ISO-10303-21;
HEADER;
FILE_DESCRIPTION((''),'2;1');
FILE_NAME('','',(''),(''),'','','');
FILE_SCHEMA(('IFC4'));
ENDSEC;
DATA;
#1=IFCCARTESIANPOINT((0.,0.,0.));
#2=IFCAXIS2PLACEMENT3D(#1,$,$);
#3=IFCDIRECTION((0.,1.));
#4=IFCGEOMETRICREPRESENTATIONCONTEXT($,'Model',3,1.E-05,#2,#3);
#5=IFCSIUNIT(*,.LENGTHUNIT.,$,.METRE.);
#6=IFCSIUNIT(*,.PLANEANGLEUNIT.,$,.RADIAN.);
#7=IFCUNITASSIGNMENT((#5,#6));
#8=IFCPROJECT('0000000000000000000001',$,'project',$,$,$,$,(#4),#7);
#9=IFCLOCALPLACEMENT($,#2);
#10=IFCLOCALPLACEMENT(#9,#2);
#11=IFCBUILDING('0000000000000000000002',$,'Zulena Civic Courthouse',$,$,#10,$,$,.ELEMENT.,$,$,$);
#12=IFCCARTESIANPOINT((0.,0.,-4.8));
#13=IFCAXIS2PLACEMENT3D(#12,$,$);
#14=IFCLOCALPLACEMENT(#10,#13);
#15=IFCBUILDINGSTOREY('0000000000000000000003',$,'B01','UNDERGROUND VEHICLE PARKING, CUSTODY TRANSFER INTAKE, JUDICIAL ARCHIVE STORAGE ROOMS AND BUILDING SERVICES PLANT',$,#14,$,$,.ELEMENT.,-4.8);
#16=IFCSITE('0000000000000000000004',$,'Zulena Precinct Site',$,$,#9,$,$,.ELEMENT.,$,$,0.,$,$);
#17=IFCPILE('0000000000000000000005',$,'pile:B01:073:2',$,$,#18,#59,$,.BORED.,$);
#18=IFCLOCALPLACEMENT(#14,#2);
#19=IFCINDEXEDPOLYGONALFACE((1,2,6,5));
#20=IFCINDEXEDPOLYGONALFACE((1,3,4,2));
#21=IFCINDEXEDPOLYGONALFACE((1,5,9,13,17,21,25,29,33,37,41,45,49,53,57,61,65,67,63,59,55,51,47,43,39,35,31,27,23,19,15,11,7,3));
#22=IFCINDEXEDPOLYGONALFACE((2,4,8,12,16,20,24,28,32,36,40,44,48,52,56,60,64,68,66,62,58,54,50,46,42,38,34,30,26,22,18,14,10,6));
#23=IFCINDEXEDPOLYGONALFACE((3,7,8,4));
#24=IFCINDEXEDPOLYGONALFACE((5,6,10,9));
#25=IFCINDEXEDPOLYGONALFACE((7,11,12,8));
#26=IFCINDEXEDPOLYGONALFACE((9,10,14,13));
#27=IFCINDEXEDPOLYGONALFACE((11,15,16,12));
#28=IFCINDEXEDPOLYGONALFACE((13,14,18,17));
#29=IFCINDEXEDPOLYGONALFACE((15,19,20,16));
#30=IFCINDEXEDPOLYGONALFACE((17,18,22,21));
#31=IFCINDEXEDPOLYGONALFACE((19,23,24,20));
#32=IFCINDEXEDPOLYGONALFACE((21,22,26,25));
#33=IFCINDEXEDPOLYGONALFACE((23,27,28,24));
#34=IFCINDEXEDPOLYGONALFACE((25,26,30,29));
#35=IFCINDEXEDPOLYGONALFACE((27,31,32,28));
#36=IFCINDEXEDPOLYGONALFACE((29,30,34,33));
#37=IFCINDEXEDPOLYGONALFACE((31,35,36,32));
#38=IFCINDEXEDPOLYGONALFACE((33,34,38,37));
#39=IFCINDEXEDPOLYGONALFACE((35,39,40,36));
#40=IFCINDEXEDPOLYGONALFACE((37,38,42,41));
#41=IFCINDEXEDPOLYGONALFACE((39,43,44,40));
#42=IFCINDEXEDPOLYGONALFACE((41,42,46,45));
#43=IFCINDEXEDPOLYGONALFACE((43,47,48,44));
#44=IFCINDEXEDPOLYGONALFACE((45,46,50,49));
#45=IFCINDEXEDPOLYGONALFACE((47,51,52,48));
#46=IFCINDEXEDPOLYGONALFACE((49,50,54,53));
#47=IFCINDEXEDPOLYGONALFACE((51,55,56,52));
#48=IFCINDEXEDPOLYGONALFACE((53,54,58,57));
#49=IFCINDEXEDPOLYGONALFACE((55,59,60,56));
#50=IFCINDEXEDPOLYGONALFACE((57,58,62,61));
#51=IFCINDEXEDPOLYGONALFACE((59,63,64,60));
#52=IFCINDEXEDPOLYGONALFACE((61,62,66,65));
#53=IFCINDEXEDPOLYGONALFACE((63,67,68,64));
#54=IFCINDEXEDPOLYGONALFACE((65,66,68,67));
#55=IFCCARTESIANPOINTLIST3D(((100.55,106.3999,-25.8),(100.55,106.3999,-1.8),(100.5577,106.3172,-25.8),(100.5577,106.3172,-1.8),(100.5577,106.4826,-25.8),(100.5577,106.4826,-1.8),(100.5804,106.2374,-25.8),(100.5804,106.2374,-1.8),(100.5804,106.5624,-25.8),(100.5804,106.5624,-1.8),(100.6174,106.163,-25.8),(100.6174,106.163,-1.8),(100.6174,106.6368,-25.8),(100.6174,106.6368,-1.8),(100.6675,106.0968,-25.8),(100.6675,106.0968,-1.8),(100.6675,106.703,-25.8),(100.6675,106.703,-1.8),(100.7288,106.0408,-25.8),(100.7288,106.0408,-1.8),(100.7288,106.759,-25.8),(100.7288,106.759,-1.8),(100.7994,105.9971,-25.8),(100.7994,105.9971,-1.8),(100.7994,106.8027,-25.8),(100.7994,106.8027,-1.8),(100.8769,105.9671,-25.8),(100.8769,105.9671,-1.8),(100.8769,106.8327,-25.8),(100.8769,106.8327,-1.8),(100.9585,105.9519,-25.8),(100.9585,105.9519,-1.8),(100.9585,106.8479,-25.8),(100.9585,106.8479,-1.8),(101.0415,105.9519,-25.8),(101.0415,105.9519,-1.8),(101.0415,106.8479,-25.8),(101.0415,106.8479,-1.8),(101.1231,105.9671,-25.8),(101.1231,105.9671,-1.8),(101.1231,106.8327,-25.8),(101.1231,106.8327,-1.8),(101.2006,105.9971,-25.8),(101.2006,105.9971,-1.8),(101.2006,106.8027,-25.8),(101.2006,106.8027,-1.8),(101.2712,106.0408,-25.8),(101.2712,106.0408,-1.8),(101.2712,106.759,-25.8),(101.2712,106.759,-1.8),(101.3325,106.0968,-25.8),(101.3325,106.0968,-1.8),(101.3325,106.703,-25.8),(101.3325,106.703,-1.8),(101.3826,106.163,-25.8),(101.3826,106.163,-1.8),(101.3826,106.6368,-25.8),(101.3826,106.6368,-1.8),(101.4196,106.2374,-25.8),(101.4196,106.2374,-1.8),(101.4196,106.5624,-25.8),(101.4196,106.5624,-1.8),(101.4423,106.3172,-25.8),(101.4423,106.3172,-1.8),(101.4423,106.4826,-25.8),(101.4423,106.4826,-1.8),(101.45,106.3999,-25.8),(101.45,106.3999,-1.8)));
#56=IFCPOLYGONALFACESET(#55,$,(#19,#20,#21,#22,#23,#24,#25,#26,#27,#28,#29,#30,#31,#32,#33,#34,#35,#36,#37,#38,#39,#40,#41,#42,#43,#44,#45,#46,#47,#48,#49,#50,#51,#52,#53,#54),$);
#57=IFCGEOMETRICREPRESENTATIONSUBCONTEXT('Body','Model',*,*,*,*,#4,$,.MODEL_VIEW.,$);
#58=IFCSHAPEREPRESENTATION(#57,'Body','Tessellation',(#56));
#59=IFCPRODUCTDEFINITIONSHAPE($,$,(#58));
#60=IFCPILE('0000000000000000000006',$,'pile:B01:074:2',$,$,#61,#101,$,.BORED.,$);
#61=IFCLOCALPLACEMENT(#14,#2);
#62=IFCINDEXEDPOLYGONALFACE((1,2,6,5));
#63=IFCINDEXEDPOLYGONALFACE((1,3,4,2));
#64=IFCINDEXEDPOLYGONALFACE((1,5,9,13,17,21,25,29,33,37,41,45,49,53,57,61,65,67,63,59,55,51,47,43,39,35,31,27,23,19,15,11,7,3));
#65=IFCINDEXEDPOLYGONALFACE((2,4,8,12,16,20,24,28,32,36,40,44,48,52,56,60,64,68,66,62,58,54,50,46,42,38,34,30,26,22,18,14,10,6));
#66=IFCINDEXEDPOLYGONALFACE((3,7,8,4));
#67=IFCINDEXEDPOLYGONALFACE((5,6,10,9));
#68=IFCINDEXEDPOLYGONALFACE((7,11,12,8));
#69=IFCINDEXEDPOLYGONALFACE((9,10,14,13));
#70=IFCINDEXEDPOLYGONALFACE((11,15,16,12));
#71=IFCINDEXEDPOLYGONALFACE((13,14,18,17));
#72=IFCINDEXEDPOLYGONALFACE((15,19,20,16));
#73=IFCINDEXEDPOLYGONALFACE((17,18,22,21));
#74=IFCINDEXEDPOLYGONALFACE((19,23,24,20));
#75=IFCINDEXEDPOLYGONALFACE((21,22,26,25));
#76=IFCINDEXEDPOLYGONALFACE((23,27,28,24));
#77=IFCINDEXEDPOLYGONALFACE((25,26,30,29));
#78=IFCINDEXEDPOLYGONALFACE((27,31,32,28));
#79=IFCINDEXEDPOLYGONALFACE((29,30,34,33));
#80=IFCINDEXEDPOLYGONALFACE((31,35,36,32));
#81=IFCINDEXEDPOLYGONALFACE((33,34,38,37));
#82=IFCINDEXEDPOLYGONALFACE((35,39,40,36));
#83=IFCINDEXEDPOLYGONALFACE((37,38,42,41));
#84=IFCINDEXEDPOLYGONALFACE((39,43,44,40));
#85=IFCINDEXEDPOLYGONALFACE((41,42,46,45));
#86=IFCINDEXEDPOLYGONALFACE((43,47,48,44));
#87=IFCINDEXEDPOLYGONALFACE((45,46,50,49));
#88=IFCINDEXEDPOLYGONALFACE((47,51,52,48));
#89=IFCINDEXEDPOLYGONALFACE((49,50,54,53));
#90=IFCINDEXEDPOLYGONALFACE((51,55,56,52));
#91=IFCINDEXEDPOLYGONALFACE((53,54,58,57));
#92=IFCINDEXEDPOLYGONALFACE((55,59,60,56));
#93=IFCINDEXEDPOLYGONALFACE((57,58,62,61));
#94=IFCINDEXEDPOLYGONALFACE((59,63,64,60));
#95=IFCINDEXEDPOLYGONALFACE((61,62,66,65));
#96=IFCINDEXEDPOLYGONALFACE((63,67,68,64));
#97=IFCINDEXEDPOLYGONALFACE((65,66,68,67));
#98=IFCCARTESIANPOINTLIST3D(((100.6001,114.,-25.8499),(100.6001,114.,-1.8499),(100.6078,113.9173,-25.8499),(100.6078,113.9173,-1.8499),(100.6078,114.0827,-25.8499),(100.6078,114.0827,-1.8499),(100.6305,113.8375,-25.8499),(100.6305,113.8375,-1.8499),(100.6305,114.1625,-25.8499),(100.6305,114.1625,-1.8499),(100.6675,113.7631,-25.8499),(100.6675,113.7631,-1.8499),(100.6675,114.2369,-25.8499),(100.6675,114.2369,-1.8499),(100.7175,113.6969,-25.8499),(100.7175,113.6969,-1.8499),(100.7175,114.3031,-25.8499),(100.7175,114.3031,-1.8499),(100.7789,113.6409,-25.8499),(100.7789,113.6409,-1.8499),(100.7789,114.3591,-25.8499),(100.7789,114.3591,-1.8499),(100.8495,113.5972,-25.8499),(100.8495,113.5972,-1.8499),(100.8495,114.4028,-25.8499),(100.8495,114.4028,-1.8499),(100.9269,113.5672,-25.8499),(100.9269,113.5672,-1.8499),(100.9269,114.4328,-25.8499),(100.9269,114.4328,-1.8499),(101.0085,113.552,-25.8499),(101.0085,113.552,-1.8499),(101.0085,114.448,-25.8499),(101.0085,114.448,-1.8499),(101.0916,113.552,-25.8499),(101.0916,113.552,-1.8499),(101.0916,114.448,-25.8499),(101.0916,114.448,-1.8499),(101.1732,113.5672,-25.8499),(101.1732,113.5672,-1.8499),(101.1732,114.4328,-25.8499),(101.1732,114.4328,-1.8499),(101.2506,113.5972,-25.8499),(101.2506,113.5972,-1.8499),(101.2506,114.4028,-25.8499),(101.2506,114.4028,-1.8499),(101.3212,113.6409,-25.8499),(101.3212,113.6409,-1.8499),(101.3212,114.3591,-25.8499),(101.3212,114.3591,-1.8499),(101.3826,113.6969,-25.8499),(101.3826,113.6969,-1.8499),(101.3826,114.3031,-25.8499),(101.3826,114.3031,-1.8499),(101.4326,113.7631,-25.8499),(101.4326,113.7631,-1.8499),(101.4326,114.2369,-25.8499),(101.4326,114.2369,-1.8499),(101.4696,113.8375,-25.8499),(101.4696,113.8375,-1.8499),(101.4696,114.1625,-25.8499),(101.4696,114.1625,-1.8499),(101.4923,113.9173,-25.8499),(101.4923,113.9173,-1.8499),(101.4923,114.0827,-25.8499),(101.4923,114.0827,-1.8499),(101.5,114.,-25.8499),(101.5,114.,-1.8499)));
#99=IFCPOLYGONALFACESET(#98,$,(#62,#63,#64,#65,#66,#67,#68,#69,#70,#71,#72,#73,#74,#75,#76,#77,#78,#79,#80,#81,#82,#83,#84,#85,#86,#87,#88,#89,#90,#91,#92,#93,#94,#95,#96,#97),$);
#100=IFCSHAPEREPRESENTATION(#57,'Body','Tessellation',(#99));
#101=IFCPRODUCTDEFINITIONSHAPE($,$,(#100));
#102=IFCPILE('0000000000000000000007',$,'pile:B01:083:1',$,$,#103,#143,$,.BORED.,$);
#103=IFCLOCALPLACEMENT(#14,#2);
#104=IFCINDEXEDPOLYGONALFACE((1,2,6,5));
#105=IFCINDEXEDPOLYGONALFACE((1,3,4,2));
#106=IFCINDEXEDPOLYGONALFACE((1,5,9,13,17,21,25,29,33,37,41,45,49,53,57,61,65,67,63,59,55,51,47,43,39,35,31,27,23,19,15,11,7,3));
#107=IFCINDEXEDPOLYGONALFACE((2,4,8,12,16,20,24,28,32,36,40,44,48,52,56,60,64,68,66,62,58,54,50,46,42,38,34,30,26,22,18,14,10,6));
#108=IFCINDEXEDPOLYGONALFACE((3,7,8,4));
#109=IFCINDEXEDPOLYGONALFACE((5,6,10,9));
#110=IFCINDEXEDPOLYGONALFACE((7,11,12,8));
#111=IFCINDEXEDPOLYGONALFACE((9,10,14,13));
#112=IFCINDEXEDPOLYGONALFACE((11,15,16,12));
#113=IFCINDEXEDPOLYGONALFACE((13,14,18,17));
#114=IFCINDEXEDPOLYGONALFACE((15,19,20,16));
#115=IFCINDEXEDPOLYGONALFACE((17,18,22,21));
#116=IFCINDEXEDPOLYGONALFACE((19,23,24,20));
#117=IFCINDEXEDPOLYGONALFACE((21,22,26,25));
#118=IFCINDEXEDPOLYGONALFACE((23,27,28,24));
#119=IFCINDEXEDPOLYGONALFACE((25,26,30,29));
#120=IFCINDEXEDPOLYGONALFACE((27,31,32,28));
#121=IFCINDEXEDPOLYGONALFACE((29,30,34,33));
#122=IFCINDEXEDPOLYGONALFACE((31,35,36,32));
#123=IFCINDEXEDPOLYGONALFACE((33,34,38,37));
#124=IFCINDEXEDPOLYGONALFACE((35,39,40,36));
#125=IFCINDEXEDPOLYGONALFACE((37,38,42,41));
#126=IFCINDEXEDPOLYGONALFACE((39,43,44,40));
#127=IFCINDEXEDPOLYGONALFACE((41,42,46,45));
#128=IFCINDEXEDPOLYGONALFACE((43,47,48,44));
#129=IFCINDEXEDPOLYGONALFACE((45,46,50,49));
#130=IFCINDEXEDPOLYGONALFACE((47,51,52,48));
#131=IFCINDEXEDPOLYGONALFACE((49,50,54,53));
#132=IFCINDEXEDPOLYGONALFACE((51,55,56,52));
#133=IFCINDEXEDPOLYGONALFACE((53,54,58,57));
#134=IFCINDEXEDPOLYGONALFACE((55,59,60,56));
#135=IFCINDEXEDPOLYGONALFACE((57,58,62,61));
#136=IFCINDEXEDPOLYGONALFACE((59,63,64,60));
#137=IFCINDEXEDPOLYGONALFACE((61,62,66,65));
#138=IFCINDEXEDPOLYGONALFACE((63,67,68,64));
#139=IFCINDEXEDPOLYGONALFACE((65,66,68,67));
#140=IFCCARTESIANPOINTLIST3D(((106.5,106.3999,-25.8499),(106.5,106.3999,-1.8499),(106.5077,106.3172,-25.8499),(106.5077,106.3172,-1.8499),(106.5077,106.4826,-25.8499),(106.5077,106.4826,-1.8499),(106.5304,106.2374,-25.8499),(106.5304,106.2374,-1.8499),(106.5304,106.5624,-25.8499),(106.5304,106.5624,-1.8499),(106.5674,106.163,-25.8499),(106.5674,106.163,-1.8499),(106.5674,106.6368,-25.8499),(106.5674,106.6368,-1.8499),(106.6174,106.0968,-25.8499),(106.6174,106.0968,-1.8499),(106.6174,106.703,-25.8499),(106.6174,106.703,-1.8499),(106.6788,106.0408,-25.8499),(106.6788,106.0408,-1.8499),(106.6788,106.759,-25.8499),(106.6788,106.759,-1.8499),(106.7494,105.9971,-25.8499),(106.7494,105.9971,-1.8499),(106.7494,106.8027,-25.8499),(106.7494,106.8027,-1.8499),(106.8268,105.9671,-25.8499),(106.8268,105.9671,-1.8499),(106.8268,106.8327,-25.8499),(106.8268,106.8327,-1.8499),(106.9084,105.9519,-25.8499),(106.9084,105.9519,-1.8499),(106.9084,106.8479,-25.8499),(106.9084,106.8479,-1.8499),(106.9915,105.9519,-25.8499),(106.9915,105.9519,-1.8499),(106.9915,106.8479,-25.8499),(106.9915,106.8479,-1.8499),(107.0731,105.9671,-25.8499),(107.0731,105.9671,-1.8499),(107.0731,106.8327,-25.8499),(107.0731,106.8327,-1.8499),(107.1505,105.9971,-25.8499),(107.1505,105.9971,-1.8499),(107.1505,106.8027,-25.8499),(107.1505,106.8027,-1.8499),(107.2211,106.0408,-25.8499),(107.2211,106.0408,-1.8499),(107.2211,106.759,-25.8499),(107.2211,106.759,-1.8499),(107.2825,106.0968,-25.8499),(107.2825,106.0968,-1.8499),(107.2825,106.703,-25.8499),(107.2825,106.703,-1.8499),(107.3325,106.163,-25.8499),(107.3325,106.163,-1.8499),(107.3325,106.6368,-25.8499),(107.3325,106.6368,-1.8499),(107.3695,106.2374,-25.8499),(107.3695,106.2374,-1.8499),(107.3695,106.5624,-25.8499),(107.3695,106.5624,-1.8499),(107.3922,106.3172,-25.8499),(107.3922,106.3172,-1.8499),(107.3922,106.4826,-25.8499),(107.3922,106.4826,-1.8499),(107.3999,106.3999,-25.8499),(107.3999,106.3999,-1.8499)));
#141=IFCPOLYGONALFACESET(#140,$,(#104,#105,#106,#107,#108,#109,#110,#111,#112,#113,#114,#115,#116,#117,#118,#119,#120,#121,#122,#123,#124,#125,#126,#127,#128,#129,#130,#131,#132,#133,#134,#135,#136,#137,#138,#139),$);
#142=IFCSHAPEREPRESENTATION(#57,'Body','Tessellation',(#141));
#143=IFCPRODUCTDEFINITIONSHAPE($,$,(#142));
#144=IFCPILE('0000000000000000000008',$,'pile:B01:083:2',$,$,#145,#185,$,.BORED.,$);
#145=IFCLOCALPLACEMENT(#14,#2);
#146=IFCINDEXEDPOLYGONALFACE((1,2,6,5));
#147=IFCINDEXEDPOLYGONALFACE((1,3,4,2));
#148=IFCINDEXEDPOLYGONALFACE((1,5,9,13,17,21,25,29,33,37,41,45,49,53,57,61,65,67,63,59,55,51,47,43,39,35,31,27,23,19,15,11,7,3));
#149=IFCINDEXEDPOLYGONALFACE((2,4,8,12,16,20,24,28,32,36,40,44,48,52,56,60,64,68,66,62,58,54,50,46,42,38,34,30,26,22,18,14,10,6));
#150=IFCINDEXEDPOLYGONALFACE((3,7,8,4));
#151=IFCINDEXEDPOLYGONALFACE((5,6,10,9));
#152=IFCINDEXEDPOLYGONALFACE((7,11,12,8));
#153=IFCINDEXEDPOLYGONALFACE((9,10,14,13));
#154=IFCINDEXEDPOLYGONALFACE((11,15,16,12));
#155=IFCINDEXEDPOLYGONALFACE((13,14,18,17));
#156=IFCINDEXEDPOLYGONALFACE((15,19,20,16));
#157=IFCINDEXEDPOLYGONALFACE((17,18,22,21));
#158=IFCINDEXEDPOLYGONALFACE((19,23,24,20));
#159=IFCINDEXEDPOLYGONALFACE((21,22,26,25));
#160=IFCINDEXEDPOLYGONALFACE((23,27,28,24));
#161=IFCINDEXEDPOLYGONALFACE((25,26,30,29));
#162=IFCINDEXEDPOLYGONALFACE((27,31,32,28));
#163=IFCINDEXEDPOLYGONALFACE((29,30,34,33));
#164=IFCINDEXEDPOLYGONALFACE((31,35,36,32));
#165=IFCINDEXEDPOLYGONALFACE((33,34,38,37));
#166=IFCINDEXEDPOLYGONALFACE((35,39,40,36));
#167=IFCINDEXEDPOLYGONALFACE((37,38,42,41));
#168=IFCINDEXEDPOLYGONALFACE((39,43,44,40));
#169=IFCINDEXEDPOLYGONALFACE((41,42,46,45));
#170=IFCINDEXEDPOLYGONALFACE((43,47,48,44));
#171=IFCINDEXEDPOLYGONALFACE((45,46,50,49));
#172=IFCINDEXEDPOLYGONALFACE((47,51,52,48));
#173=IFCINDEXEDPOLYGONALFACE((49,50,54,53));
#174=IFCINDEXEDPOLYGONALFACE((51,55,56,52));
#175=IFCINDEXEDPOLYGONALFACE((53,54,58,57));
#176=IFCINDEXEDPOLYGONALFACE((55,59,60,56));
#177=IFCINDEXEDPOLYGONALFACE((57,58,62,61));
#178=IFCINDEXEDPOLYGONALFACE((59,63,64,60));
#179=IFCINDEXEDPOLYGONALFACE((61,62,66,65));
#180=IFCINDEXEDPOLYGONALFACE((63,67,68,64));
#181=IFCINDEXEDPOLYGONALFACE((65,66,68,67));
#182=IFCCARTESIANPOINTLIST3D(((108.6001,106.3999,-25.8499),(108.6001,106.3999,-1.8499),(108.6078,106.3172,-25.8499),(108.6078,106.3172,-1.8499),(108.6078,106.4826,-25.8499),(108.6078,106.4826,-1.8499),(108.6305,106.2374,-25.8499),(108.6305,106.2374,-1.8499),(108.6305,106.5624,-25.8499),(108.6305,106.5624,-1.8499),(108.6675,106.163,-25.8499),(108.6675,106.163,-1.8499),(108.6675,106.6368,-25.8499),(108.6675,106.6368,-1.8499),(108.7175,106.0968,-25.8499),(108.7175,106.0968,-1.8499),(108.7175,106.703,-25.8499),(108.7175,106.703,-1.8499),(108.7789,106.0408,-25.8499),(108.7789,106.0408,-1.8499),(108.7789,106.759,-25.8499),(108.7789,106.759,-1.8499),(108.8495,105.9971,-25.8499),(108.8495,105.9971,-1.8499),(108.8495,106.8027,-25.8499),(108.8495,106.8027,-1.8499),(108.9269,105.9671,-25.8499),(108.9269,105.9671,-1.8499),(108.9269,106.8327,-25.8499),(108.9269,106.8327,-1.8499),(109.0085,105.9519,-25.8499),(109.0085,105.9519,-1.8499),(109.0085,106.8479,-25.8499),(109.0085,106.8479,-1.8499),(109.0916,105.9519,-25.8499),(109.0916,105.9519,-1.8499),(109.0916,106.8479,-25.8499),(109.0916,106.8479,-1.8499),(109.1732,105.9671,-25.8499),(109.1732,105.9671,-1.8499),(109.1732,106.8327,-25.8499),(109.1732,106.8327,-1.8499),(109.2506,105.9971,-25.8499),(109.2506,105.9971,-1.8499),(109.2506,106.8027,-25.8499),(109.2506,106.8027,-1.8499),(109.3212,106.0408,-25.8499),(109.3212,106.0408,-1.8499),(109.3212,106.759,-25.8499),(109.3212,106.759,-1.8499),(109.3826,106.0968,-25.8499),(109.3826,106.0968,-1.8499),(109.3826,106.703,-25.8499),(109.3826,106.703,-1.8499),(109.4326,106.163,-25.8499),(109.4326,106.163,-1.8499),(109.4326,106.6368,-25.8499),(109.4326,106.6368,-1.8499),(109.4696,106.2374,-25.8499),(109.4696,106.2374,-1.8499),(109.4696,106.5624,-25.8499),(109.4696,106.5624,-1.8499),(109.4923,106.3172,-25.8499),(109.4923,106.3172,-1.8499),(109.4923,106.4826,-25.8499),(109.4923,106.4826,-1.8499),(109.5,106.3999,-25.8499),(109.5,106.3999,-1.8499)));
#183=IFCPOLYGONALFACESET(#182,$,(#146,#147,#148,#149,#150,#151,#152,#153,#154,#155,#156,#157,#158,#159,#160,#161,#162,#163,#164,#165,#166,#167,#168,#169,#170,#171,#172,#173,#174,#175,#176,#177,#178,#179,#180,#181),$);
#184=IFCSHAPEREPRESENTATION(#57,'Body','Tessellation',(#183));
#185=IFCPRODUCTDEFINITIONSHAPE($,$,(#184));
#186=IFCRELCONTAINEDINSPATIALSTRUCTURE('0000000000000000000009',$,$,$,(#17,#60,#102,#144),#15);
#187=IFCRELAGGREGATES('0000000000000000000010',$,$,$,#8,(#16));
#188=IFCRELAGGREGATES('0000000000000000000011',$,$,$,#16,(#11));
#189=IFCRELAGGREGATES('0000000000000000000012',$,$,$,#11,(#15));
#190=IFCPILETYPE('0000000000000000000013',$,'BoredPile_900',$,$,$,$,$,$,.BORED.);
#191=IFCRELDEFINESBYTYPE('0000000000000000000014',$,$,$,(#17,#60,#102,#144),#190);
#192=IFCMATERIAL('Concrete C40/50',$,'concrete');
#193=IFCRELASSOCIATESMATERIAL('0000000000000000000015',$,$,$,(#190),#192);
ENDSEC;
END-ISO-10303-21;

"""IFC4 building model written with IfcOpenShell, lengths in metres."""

from ifc_helpers import new_model, si_unit, direction, frame, origin, origin_2d, place, context, subcontext, project, spatial, circle, extrude, material, material_profile, profile_set, type_object, element, save


model = new_model("IFC4")

# Units and contexts
model_context = context("Model", 3, precision=1e-05, world=origin(), true_north=direction((0.0, 1.0)))
body_context = subcontext(model_context, "Body", "Model", "MODEL_VIEW")
ifc_project = project(units=[si_unit("LENGTHUNIT", "METRE"), si_unit("PLANEANGLEUNIT", "RADIAN")], contexts=[model_context])

# Site, building, storey
site_placement = place(None, origin())
site = spatial("IfcSite", under=ifc_project, at=site_placement, Name="Zulena Precinct Site", CompositionType="ELEMENT", RefElevation=0.0)
building_placement = place(site_placement, origin())
building = spatial("IfcBuilding", under=site, at=building_placement, Name="Zulena Civic Courthouse", CompositionType="ELEMENT")
storey_placement = place(building_placement, frame((0.0, 0.0, -4.8)))
storey = spatial("IfcBuildingStorey", under=building, at=storey_placement, Name="B01", Description="UNDERGROUND VEHICLE PARKING, CUSTODY TRANSFER INTAKE, JUDICIAL ARCHIVE STORAGE ROOMS AND BUILDING SERVICES PLANT", CompositionType="ELEMENT", Elevation=-4.8)

# Piles
ifc_material_1 = material(Name="Concrete C40/50", Category="concrete")
ifc_material_profile_1 = material_profile(ifc_material_1, circle(Radius=0.45, at=origin_2d()), Name="PILE900")
ifc_profile_set_1 = profile_set([ifc_material_profile_1], Name="Concrete C40/50")
pile_type = type_object("IfcPileType", Name="BoredPile_900", PredefinedType="BORED", material=ifc_profile_set_1)
for number, where, z_axis, x_axis, name in (
    (1, (101.0, 106.3999, -1.8), (0.0, 0.0, -1.0), (1.0, 0.0, 0.0), "pile:B01:073:2"),
    (2, (101.05, 114.0, -1.8499), (0.0, 0.0, -1.0), (1.0, 0.0, 0.0), "pile:B01:074:2"),
    (3, (106.95, 106.3999, -1.8499), (0.0, 0.0, -1.0), (1.0, 0.0, 0.0), "pile:B01:083:1"),
    (4, (109.05, 106.3999, -1.8499), (0.0, 0.0, -1.0), (1.0, 0.0, 0.0), "pile:B01:083:2"),
):
    element("IfcPile", number, at=place(storey_placement, frame(where, z_axis=z_axis, x_axis=x_axis)), inside=storey, type_object=pile_type, Name=name, PredefinedType="BORED", context=body_context, shape_type="SweptSolid", body=[
        extrude(circle(Radius=0.45, at=origin_2d()), origin(), (0.0, 0.0, 1.0), 24.0),
    ])

save(model, "model.ifc")
